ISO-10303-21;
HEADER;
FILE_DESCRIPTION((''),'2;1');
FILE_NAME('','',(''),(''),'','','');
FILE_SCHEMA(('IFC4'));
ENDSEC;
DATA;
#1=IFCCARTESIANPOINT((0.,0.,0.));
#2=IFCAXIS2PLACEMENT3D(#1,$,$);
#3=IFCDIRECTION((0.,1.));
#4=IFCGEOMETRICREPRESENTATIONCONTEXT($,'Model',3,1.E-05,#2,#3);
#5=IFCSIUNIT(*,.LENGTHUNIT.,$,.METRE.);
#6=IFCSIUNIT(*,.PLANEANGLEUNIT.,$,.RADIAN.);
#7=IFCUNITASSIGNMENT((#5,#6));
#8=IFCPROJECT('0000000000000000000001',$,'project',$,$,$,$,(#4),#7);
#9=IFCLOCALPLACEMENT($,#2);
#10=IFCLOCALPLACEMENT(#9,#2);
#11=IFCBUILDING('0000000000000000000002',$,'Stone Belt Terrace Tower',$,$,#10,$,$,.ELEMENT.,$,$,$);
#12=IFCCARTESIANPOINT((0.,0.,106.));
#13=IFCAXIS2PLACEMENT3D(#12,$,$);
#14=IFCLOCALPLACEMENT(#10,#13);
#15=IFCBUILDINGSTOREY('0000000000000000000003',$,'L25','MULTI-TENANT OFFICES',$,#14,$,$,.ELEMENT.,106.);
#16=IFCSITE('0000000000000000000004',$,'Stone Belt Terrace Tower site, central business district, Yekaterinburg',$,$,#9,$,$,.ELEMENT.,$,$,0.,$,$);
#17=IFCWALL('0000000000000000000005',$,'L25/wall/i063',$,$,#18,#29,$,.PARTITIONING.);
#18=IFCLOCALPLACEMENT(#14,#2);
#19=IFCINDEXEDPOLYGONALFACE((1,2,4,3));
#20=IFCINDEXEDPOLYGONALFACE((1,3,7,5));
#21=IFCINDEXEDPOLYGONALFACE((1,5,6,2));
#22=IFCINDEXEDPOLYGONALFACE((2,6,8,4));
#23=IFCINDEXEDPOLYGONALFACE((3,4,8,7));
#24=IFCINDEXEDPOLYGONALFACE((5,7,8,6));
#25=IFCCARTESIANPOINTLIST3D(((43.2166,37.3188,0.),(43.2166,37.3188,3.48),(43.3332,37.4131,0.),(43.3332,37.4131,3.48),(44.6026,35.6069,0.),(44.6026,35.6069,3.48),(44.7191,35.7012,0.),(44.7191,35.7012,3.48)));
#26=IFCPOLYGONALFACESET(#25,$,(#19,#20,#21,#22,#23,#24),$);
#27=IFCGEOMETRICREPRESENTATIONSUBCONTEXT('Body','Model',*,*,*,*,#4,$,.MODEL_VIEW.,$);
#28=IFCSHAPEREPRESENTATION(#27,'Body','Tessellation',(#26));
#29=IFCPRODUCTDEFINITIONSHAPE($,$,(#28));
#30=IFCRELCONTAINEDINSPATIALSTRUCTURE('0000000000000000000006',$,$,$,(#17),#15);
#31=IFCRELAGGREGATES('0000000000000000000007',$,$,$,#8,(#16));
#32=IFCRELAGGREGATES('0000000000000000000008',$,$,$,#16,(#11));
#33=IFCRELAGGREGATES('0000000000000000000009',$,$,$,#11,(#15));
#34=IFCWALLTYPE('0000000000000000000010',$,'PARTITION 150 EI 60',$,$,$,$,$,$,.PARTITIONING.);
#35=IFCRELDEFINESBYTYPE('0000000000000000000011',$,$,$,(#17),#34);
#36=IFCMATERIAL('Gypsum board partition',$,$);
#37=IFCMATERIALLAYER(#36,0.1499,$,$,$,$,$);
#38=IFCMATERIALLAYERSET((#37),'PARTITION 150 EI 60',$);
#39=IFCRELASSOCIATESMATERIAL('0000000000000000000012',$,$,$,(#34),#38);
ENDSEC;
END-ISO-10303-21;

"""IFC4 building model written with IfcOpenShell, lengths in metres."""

from ifc_helpers import new_model, si_unit, direction, frame, frame_2d, origin, place, context, subcontext, project, spatial, rectangle, extrude, material, layer, layer_set, type_object, element, save


model = new_model("IFC4")

# Units and contexts
model_context = context("Model", 3, precision=1e-05, world=origin(), true_north=direction((0.0, 1.0)))
body_context = subcontext(model_context, "Body", "Model", "MODEL_VIEW")
ifc_project = project(units=[si_unit("LENGTHUNIT", "METRE"), si_unit("PLANEANGLEUNIT", "RADIAN")], contexts=[model_context])

# Site, building, storey
site_placement = place(None, origin())
site = spatial("IfcSite", under=ifc_project, at=site_placement, Name="Stone Belt Terrace Tower site, central business district, Yekaterinburg", CompositionType="ELEMENT", RefElevation=0.0)
building_placement = place(site_placement, origin())
building = spatial("IfcBuilding", under=site, at=building_placement, Name="Stone Belt Terrace Tower", CompositionType="ELEMENT")
storey_placement = place(building_placement, frame((0.0, 0.0, 106.0)))
storey = spatial("IfcBuildingStorey", under=building, at=storey_placement, Name="L25", Description="MULTI-TENANT OFFICES", CompositionType="ELEMENT", Elevation=106.0)

# Shared definitions
ifc_material_1 = material(Name="Gypsum board partition")

# Shared definitions
ifc_layer_1 = layer(ifc_material_1, 0.1499)
ifc_layer_set_1 = layer_set([ifc_layer_1], Name="PARTITION 150 EI 60")
wall_type_1 = type_object("IfcWallType", Name="PARTITION 150 EI 60", PredefinedType="PARTITIONING", material=ifc_layer_set_1)

# Wall
wall_1_placement = place(storey_placement, frame((43.2749, 37.366, 0.0), z_axis=(0.0, 0.0, 1.0), x_axis=(0.62924, -0.777211, 0.0)))
element("IfcWall", 1, at=wall_1_placement, inside=storey, type_object=wall_type_1, Name="L25/wall/i063", PredefinedType="PARTITIONING", context=body_context, shape_type="SweptSolid", body=[
    extrude(rectangle(XDim=2.2026, YDim=0.1499, at=frame_2d((1.1013, 0.0))), origin(), (0.0, 0.0, 1.0), 3.48),
])

save(model, "model.ifc")
